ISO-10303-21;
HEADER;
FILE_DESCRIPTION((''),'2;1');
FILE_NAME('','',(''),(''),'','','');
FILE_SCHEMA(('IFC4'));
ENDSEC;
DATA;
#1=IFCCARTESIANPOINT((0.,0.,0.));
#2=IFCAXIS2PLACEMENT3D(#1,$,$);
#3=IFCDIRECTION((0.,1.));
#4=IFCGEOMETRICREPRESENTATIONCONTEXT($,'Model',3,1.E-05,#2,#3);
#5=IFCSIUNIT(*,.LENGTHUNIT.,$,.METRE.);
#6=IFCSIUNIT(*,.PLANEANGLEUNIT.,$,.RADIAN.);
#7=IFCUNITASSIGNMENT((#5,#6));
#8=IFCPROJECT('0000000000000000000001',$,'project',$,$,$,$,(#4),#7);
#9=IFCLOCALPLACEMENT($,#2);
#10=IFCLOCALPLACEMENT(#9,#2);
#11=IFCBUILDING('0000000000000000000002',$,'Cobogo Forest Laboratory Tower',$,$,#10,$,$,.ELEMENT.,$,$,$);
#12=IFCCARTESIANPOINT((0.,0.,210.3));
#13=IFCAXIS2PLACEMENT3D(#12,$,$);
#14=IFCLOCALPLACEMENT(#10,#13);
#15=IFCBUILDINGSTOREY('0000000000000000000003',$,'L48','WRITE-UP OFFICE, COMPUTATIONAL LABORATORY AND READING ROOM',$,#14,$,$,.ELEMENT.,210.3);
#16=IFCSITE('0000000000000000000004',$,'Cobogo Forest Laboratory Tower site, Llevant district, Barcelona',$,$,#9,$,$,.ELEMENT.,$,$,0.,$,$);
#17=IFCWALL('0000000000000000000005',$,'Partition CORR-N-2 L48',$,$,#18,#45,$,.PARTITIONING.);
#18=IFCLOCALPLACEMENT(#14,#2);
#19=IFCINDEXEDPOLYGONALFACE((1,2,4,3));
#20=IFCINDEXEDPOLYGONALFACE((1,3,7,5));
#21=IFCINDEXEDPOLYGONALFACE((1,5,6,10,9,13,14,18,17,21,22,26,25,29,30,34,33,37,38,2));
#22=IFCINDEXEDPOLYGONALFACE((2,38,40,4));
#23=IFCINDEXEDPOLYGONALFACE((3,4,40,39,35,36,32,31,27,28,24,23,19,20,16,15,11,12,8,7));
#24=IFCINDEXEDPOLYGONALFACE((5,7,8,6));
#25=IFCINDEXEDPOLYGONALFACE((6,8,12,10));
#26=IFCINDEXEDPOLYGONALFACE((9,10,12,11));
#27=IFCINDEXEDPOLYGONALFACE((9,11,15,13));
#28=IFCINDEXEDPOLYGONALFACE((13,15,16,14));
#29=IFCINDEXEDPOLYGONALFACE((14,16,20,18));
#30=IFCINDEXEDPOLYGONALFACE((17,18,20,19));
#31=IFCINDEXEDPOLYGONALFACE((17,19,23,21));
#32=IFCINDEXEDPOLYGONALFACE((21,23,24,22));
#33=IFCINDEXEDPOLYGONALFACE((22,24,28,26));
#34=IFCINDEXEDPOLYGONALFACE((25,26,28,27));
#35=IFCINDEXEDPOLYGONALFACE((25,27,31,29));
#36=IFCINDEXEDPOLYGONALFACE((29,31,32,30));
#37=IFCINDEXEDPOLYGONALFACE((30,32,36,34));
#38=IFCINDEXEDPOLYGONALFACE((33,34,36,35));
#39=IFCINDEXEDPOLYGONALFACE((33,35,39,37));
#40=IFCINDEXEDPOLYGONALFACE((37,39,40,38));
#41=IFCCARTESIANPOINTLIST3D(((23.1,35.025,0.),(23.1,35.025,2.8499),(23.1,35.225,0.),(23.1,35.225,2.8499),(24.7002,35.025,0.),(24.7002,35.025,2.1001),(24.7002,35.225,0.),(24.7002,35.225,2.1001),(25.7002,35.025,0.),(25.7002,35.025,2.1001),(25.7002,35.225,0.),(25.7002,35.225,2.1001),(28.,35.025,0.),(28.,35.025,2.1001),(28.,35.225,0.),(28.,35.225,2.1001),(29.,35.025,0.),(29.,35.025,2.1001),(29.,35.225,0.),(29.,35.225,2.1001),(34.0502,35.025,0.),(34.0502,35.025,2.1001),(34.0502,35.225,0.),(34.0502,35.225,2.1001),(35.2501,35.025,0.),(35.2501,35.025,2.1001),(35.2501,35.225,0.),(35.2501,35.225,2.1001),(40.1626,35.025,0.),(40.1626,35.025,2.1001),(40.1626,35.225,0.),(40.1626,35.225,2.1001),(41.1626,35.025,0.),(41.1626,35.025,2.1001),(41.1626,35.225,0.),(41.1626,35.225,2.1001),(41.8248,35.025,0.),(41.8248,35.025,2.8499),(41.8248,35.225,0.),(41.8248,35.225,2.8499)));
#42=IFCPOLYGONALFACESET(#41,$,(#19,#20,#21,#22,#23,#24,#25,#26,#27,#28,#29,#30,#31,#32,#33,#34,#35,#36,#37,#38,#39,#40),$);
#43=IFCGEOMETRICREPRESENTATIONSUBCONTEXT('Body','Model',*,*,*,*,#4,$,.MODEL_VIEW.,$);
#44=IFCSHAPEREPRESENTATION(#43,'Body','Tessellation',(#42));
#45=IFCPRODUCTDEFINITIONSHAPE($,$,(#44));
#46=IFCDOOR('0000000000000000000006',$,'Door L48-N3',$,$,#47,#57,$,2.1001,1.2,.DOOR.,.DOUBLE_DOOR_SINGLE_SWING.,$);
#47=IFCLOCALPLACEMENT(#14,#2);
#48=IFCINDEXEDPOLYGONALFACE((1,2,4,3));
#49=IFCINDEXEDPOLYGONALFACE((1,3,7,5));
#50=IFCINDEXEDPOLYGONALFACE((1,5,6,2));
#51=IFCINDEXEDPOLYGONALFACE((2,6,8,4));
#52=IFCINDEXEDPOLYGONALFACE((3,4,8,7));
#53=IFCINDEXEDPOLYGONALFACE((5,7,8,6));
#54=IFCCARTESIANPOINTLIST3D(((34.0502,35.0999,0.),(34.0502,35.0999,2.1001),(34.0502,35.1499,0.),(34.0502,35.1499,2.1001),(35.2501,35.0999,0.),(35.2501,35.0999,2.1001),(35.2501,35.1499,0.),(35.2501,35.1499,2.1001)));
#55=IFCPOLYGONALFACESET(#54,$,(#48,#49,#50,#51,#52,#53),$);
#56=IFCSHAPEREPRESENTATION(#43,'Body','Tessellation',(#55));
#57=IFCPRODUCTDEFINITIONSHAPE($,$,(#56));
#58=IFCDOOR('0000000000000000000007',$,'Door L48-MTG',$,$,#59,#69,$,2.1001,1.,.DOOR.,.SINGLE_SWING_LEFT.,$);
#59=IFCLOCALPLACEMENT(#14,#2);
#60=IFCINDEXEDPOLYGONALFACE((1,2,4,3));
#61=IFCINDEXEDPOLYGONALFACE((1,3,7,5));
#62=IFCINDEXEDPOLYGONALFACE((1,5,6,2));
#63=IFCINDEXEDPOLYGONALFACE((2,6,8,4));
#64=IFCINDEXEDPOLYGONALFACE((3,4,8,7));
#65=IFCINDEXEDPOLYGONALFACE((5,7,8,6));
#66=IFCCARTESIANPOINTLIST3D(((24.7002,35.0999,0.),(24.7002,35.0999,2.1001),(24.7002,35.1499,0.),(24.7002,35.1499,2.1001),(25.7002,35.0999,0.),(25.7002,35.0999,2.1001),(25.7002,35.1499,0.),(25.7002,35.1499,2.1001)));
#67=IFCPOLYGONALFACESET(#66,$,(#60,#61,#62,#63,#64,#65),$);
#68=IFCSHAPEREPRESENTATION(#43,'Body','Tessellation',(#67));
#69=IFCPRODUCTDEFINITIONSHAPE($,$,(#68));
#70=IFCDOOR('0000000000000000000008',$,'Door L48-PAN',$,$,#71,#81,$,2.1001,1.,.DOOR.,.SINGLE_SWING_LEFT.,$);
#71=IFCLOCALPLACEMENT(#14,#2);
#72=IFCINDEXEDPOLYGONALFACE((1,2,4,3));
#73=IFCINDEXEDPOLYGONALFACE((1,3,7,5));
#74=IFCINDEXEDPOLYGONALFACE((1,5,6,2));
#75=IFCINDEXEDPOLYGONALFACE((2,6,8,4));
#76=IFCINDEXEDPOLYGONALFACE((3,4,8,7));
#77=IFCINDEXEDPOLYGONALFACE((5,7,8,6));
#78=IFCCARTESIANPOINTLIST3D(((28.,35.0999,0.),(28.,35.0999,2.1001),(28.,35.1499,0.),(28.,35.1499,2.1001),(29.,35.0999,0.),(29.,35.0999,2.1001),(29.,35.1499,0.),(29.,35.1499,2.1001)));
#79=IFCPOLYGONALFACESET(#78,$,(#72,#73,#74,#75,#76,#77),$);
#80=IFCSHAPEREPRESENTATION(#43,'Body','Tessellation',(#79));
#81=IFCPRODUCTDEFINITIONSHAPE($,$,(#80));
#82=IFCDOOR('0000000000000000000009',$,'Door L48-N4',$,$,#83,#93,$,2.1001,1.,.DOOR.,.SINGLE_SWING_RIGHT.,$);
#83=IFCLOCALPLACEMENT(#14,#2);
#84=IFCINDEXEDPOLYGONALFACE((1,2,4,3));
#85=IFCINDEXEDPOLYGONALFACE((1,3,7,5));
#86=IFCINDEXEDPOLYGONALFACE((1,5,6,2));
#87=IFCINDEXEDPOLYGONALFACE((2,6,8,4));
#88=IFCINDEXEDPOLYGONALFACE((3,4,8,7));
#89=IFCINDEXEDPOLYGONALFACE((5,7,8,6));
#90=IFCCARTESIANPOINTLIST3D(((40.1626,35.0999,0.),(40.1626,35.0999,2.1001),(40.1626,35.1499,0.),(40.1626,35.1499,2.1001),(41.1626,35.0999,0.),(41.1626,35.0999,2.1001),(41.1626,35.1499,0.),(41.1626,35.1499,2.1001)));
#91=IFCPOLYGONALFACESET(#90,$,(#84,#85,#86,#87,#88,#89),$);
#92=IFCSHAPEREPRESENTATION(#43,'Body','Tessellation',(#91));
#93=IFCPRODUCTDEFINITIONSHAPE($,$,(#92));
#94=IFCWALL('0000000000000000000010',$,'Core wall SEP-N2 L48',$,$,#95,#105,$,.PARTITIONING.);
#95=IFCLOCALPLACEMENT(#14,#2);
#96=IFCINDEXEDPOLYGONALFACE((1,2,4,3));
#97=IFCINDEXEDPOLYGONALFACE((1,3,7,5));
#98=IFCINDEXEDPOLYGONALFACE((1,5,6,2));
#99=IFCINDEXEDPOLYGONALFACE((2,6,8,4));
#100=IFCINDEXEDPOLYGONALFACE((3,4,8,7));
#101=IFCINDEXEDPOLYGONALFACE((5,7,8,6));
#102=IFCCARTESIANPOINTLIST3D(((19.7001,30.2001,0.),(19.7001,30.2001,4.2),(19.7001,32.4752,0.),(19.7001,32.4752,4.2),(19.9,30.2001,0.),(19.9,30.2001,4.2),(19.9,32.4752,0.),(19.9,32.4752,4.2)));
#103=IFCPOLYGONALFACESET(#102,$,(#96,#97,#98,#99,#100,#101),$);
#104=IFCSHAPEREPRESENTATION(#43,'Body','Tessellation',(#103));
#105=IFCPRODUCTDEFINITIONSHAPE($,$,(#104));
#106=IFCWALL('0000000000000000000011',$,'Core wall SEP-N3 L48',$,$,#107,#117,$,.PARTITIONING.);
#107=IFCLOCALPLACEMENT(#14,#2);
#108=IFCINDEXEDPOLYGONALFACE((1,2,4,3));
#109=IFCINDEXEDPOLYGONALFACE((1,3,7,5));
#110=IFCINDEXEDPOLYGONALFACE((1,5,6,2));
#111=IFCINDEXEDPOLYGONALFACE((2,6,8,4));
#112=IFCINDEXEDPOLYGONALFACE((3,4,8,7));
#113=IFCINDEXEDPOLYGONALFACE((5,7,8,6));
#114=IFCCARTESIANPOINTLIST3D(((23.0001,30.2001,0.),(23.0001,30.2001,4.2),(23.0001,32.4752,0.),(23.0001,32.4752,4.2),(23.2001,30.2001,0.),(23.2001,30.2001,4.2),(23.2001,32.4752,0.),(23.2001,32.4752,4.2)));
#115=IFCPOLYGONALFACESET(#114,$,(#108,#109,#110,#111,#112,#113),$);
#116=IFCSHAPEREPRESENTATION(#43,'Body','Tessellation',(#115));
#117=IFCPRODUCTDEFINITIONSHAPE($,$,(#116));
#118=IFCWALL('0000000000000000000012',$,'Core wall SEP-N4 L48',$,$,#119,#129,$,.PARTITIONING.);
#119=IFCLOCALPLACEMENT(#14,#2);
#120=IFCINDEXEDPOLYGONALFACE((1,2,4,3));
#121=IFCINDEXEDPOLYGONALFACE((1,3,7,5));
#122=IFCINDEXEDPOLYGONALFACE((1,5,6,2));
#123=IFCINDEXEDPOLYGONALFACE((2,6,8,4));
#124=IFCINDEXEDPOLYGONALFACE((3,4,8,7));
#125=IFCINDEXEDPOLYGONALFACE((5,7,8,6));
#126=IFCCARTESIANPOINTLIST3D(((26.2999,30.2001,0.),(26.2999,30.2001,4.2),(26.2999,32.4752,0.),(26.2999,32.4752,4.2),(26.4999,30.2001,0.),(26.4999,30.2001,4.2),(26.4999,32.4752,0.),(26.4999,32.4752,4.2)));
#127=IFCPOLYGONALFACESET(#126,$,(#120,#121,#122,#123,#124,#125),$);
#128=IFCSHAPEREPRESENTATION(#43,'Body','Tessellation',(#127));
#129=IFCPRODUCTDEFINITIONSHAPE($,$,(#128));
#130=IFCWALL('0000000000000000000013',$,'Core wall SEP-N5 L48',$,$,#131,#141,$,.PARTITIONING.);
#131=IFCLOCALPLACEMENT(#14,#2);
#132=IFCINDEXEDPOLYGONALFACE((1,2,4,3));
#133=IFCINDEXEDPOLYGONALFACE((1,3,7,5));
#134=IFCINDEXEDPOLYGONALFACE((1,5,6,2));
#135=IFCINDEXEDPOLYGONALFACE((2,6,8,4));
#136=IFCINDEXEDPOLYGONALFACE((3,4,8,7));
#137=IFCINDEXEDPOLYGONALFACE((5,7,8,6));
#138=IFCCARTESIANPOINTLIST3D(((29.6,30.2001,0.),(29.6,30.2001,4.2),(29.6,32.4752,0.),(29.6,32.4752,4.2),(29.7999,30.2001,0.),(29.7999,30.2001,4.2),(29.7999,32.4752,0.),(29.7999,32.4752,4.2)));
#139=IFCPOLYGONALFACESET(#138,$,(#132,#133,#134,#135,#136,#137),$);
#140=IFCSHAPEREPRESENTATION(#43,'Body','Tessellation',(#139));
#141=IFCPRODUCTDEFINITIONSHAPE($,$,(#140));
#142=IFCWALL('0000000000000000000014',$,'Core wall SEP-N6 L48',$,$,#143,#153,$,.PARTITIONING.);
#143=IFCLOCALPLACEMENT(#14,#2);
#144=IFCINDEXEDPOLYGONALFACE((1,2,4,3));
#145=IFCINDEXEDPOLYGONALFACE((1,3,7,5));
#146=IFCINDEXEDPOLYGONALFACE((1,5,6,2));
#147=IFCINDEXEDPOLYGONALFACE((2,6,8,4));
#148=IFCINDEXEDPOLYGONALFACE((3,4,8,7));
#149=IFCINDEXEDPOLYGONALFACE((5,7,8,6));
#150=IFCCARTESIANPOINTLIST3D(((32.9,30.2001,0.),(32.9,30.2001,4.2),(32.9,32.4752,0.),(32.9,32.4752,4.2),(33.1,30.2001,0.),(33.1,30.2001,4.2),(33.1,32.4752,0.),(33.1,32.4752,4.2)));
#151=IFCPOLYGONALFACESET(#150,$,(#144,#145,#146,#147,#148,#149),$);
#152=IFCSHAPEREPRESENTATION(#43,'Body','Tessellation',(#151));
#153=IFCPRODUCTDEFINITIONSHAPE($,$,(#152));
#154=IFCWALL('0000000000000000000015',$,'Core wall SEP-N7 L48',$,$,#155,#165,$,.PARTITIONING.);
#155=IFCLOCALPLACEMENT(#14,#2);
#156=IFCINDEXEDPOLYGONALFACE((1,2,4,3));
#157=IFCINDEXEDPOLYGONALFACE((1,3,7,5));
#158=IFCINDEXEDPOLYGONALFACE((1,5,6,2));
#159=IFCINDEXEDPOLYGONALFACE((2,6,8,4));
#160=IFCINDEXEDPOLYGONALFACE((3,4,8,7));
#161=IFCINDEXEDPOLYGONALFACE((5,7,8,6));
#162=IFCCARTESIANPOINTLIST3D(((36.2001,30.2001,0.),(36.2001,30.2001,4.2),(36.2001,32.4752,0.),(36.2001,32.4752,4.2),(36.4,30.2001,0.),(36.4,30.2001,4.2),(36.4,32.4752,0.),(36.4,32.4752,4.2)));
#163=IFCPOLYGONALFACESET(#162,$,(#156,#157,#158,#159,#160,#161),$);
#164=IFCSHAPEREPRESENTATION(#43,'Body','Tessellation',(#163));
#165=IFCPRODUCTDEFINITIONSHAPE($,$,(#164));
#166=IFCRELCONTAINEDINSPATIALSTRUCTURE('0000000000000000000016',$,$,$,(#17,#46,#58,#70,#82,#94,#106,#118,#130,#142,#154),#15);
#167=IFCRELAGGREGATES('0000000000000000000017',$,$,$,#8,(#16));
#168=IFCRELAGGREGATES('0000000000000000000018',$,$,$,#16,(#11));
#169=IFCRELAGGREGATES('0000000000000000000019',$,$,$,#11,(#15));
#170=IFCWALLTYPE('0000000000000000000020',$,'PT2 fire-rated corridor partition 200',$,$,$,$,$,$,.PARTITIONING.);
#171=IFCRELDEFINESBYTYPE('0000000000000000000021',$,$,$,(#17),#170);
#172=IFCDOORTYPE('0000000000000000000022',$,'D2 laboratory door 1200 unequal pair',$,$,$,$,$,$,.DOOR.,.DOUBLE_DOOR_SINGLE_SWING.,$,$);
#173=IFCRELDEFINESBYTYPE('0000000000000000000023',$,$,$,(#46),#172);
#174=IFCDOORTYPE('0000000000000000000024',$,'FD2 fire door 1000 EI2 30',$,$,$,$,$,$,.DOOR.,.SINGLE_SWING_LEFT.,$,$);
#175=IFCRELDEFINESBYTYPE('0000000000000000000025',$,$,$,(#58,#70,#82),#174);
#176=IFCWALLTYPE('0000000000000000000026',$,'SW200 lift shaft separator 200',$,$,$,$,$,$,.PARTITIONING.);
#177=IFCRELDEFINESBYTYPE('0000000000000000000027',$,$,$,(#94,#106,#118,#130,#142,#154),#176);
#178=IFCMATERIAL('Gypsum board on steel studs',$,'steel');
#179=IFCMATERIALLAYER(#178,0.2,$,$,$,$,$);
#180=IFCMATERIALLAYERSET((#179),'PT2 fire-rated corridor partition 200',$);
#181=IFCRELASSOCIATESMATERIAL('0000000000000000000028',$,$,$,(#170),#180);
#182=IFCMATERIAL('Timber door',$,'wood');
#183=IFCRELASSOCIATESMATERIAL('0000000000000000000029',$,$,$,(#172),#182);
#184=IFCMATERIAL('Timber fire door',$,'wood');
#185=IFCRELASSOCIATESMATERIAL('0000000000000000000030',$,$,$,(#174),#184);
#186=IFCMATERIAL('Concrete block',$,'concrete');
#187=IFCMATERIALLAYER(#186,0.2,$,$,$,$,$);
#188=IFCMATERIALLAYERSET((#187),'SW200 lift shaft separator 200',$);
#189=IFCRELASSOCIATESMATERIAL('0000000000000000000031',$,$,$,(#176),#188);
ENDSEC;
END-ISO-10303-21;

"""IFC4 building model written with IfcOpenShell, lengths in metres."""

from ifc_helpers import new_model, si_unit, direction, frame, frame_2d, origin, place, context, subcontext, project, spatial, rectangle, extrude, material, layer, layer_set, type_object, element, fill, save


model = new_model("IFC4")

# Units and contexts
model_context = context("Model", 3, precision=1e-05, world=origin(), true_north=direction((0.0, 1.0)))
body_context = subcontext(model_context, "Body", "Model", "MODEL_VIEW")
ifc_project = project(units=[si_unit("LENGTHUNIT", "METRE"), si_unit("PLANEANGLEUNIT", "RADIAN")], contexts=[model_context])

# Site, building, storey
site_placement = place(None, origin())
site = spatial("IfcSite", under=ifc_project, at=site_placement, Name="Cobogo Forest Laboratory Tower site, Llevant district, Barcelona", CompositionType="ELEMENT", RefElevation=0.0)
building_placement = place(site_placement, origin())
building = spatial("IfcBuilding", under=site, at=building_placement, Name="Cobogo Forest Laboratory Tower", CompositionType="ELEMENT")
storey_placement = place(building_placement, frame((0.0, 0.0, 210.3)))
storey = spatial("IfcBuildingStorey", under=building, at=storey_placement, Name="L48", Description="WRITE-UP OFFICE, COMPUTATIONAL LABORATORY AND READING ROOM", CompositionType="ELEMENT", Elevation=210.3)

# Shared definitions
ifc_material_1 = material(Name="Gypsum board on steel studs", Category="steel")

# Wall, openings, doors
ifc_layer_1 = layer(ifc_material_1, 0.2)
ifc_layer_set_1 = layer_set([ifc_layer_1], Name="PT2 fire-rated corridor partition 200")
wall_type_1 = type_object("IfcWallType", Name="PT2 fire-rated corridor partition 200", PredefinedType="PARTITIONING", material=ifc_layer_set_1)
wall_1_placement = place(storey_placement, frame((23.1001, 35.125, 0.0), z_axis=(0.0, 0.0, 1.0), x_axis=(1.0, 0.0, 0.0)))
wall_1 = element("IfcWall", 1, at=wall_1_placement, inside=storey, type_object=wall_type_1, Name="Partition CORR-N-2 L48", PredefinedType="PARTITIONING", context=body_context, shape_type="SweptSolid", body=[
    extrude(rectangle(XDim=18.7249, YDim=0.2, at=frame_2d((9.3623, 0.0))), origin(), (0.0, 0.0, 1.0), 2.8499),
])
opening_1_placement = place(wall_1_placement, frame((1.6001, 0.0, 0.0)))
opening_1 = element("IfcOpeningElement", 2, at=opening_1_placement, cuts=wall_1, PredefinedType="OPENING", context=body_context, shape_type="SweptSolid", body=[
    extrude(rectangle(XDim=1.0, YDim=2.1001, at=frame_2d((0.5, 1.05))), frame((0.0, 0.1099, 0.0), z_axis=(0.0, -1.0, 0.0), x_axis=(1.0, 0.0, 0.0)), (0.0, 0.0, 1.0), 0.22),
])
opening_2_placement = place(wall_1_placement, frame((4.8999, 0.0, 0.0)))
opening_2 = element("IfcOpeningElement", 3, at=opening_2_placement, cuts=wall_1, PredefinedType="OPENING", context=body_context, shape_type="SweptSolid", body=[
    extrude(rectangle(XDim=1.0, YDim=2.1001, at=frame_2d((0.5, 1.05))), frame((0.0, 0.1099, 0.0), z_axis=(0.0, -1.0, 0.0), x_axis=(1.0, 0.0, 0.0)), (0.0, 0.0, 1.0), 0.22),
])
opening_3_placement = place(wall_1_placement, frame((10.95, 0.0, 0.0)))
opening_3 = element("IfcOpeningElement", 4, at=opening_3_placement, cuts=wall_1, PredefinedType="OPENING", context=body_context, shape_type="SweptSolid", body=[
    extrude(rectangle(XDim=1.2, YDim=2.1001, at=frame_2d((0.6001, 1.05))), frame((0.0, 0.1099, 0.0), z_axis=(0.0, -1.0, 0.0), x_axis=(1.0, 0.0, 0.0)), (0.0, 0.0, 1.0), 0.22),
])
opening_4_placement = place(wall_1_placement, frame((17.0625, 0.0, 0.0)))
opening_4 = element("IfcOpeningElement", 5, at=opening_4_placement, cuts=wall_1, PredefinedType="OPENING", context=body_context, shape_type="SweptSolid", body=[
    extrude(rectangle(XDim=1.0, YDim=2.1001, at=frame_2d((0.5, 1.05))), frame((0.0, 0.1099, 0.0), z_axis=(0.0, -1.0, 0.0), x_axis=(1.0, 0.0, 0.0)), (0.0, 0.0, 1.0), 0.22),
])
ifc_material_2 = material(Name="Timber door", Category="wood")
door_type_1 = type_object("IfcDoorType", Name="D2 laboratory door 1200 unequal pair", OperationType="DOUBLE_DOOR_SINGLE_SWING", PredefinedType="DOOR", material=ifc_material_2)
door_1_placement = place(opening_3_placement, origin())
door_1 = element("IfcDoor", 6, at=door_1_placement, inside=storey, type_object=door_type_1, Name="Door L48-N3", OperationType="DOUBLE_DOOR_SINGLE_SWING", OverallHeight=2.1001, OverallWidth=1.2, PredefinedType="DOOR", context=body_context, shape_type="SweptSolid", body=[
    extrude(rectangle(XDim=1.2, YDim=2.1001, at=frame_2d((0.6001, 1.05))), frame((0.0, 0.0249, 0.0), z_axis=(0.0, -1.0, 0.0), x_axis=(1.0, 0.0, 0.0)), (0.0, 0.0, 1.0), 0.05),
])
fill(opening_3, door_1)
ifc_material_3 = material(Name="Timber fire door", Category="wood")
door_type_2 = type_object("IfcDoorType", Name="FD2 fire door 1000 EI2 30", OperationType="SINGLE_SWING_LEFT", PredefinedType="DOOR", material=ifc_material_3)
door_2_placement = place(opening_1_placement, origin())
door_2 = element("IfcDoor", 7, at=door_2_placement, inside=storey, type_object=door_type_2, Name="Door L48-MTG", OperationType="SINGLE_SWING_LEFT", OverallHeight=2.1001, OverallWidth=1.0, PredefinedType="DOOR", context=body_context, shape_type="SweptSolid", body=[
    extrude(rectangle(XDim=1.0, YDim=2.1001, at=frame_2d((0.5, 1.05))), frame((0.0, 0.0249, 0.0), z_axis=(0.0, -1.0, 0.0), x_axis=(1.0, 0.0, 0.0)), (0.0, 0.0, 1.0), 0.05),
])
fill(opening_1, door_2)
door_3_placement = place(opening_2_placement, origin())
door_3 = element("IfcDoor", 8, at=door_3_placement, inside=storey, type_object=door_type_2, Name="Door L48-PAN", OperationType="SINGLE_SWING_LEFT", OverallHeight=2.1001, OverallWidth=1.0, PredefinedType="DOOR", context=body_context, shape_type="SweptSolid", body=[
    extrude(rectangle(XDim=1.0, YDim=2.1001, at=frame_2d((0.5, 1.05))), frame((0.0, 0.0249, 0.0), z_axis=(0.0, -1.0, 0.0), x_axis=(1.0, 0.0, 0.0)), (0.0, 0.0, 1.0), 0.05),
])
fill(opening_2, door_3)
door_4_placement = place(opening_4_placement, origin())
door_4 = element("IfcDoor", 9, at=door_4_placement, inside=storey, type_object=door_type_2, Name="Door L48-N4", OperationType="SINGLE_SWING_RIGHT", OverallHeight=2.1001, OverallWidth=1.0, PredefinedType="DOOR", context=body_context, shape_type="SweptSolid", body=[
    extrude(rectangle(XDim=1.0, YDim=2.1001, at=frame_2d((0.5, 1.05))), frame((0.0, 0.0249, 0.0), z_axis=(0.0, -1.0, 0.0), x_axis=(1.0, 0.0, 0.0)), (0.0, 0.0, 1.0), 0.05),
])
fill(opening_4, door_4)

# Walls
ifc_material_4 = material(Name="Concrete block", Category="concrete")
ifc_layer_2 = layer(ifc_material_4, 0.2)
ifc_layer_set_2 = layer_set([ifc_layer_2], Name="SW200 lift shaft separator 200")
wall_type_2 = type_object("IfcWallType", Name="SW200 lift shaft separator 200", PredefinedType="PARTITIONING", material=ifc_layer_set_2)
for number, where, z_axis, x_axis, name in (
    (10, (19.8, 30.2, 0.0), (0.0, 0.0, 1.0), (0.0, 1.0, 0.0), "Core wall SEP-N2 L48"),
    (11, (23.1001, 30.2, 0.0), (0.0, 0.0, 1.0), (0.0, 1.0, 0.0), "Core wall SEP-N3 L48"),
    (12, (26.3999, 30.2, 0.0), (0.0, 0.0, 1.0), (0.0, 1.0, 0.0), "Core wall SEP-N4 L48"),
    (13, (29.7, 30.2, 0.0), (0.0, 0.0, 1.0), (0.0, 1.0, 0.0), "Core wall SEP-N5 L48"),
    (14, (33.0, 30.2, 0.0), (0.0, 0.0, 1.0), (0.0, 1.0, 0.0), "Core wall SEP-N6 L48"),
    (15, (36.3, 30.2, 0.0), (0.0, 0.0, 1.0), (0.0, 1.0, 0.0), "Core wall SEP-N7 L48"),
):
    element("IfcWall", number, at=place(storey_placement, frame(where, z_axis=z_axis, x_axis=x_axis)), inside=storey, type_object=wall_type_2, Name=name, PredefinedType="PARTITIONING", context=body_context, shape_type="SweptSolid", body=[
        extrude(rectangle(XDim=2.2751, YDim=0.2, at=frame_2d((1.1377, 0.0))), origin(), (0.0, 0.0, 1.0), 4.2),
    ])

save(model, "model.ifc")
